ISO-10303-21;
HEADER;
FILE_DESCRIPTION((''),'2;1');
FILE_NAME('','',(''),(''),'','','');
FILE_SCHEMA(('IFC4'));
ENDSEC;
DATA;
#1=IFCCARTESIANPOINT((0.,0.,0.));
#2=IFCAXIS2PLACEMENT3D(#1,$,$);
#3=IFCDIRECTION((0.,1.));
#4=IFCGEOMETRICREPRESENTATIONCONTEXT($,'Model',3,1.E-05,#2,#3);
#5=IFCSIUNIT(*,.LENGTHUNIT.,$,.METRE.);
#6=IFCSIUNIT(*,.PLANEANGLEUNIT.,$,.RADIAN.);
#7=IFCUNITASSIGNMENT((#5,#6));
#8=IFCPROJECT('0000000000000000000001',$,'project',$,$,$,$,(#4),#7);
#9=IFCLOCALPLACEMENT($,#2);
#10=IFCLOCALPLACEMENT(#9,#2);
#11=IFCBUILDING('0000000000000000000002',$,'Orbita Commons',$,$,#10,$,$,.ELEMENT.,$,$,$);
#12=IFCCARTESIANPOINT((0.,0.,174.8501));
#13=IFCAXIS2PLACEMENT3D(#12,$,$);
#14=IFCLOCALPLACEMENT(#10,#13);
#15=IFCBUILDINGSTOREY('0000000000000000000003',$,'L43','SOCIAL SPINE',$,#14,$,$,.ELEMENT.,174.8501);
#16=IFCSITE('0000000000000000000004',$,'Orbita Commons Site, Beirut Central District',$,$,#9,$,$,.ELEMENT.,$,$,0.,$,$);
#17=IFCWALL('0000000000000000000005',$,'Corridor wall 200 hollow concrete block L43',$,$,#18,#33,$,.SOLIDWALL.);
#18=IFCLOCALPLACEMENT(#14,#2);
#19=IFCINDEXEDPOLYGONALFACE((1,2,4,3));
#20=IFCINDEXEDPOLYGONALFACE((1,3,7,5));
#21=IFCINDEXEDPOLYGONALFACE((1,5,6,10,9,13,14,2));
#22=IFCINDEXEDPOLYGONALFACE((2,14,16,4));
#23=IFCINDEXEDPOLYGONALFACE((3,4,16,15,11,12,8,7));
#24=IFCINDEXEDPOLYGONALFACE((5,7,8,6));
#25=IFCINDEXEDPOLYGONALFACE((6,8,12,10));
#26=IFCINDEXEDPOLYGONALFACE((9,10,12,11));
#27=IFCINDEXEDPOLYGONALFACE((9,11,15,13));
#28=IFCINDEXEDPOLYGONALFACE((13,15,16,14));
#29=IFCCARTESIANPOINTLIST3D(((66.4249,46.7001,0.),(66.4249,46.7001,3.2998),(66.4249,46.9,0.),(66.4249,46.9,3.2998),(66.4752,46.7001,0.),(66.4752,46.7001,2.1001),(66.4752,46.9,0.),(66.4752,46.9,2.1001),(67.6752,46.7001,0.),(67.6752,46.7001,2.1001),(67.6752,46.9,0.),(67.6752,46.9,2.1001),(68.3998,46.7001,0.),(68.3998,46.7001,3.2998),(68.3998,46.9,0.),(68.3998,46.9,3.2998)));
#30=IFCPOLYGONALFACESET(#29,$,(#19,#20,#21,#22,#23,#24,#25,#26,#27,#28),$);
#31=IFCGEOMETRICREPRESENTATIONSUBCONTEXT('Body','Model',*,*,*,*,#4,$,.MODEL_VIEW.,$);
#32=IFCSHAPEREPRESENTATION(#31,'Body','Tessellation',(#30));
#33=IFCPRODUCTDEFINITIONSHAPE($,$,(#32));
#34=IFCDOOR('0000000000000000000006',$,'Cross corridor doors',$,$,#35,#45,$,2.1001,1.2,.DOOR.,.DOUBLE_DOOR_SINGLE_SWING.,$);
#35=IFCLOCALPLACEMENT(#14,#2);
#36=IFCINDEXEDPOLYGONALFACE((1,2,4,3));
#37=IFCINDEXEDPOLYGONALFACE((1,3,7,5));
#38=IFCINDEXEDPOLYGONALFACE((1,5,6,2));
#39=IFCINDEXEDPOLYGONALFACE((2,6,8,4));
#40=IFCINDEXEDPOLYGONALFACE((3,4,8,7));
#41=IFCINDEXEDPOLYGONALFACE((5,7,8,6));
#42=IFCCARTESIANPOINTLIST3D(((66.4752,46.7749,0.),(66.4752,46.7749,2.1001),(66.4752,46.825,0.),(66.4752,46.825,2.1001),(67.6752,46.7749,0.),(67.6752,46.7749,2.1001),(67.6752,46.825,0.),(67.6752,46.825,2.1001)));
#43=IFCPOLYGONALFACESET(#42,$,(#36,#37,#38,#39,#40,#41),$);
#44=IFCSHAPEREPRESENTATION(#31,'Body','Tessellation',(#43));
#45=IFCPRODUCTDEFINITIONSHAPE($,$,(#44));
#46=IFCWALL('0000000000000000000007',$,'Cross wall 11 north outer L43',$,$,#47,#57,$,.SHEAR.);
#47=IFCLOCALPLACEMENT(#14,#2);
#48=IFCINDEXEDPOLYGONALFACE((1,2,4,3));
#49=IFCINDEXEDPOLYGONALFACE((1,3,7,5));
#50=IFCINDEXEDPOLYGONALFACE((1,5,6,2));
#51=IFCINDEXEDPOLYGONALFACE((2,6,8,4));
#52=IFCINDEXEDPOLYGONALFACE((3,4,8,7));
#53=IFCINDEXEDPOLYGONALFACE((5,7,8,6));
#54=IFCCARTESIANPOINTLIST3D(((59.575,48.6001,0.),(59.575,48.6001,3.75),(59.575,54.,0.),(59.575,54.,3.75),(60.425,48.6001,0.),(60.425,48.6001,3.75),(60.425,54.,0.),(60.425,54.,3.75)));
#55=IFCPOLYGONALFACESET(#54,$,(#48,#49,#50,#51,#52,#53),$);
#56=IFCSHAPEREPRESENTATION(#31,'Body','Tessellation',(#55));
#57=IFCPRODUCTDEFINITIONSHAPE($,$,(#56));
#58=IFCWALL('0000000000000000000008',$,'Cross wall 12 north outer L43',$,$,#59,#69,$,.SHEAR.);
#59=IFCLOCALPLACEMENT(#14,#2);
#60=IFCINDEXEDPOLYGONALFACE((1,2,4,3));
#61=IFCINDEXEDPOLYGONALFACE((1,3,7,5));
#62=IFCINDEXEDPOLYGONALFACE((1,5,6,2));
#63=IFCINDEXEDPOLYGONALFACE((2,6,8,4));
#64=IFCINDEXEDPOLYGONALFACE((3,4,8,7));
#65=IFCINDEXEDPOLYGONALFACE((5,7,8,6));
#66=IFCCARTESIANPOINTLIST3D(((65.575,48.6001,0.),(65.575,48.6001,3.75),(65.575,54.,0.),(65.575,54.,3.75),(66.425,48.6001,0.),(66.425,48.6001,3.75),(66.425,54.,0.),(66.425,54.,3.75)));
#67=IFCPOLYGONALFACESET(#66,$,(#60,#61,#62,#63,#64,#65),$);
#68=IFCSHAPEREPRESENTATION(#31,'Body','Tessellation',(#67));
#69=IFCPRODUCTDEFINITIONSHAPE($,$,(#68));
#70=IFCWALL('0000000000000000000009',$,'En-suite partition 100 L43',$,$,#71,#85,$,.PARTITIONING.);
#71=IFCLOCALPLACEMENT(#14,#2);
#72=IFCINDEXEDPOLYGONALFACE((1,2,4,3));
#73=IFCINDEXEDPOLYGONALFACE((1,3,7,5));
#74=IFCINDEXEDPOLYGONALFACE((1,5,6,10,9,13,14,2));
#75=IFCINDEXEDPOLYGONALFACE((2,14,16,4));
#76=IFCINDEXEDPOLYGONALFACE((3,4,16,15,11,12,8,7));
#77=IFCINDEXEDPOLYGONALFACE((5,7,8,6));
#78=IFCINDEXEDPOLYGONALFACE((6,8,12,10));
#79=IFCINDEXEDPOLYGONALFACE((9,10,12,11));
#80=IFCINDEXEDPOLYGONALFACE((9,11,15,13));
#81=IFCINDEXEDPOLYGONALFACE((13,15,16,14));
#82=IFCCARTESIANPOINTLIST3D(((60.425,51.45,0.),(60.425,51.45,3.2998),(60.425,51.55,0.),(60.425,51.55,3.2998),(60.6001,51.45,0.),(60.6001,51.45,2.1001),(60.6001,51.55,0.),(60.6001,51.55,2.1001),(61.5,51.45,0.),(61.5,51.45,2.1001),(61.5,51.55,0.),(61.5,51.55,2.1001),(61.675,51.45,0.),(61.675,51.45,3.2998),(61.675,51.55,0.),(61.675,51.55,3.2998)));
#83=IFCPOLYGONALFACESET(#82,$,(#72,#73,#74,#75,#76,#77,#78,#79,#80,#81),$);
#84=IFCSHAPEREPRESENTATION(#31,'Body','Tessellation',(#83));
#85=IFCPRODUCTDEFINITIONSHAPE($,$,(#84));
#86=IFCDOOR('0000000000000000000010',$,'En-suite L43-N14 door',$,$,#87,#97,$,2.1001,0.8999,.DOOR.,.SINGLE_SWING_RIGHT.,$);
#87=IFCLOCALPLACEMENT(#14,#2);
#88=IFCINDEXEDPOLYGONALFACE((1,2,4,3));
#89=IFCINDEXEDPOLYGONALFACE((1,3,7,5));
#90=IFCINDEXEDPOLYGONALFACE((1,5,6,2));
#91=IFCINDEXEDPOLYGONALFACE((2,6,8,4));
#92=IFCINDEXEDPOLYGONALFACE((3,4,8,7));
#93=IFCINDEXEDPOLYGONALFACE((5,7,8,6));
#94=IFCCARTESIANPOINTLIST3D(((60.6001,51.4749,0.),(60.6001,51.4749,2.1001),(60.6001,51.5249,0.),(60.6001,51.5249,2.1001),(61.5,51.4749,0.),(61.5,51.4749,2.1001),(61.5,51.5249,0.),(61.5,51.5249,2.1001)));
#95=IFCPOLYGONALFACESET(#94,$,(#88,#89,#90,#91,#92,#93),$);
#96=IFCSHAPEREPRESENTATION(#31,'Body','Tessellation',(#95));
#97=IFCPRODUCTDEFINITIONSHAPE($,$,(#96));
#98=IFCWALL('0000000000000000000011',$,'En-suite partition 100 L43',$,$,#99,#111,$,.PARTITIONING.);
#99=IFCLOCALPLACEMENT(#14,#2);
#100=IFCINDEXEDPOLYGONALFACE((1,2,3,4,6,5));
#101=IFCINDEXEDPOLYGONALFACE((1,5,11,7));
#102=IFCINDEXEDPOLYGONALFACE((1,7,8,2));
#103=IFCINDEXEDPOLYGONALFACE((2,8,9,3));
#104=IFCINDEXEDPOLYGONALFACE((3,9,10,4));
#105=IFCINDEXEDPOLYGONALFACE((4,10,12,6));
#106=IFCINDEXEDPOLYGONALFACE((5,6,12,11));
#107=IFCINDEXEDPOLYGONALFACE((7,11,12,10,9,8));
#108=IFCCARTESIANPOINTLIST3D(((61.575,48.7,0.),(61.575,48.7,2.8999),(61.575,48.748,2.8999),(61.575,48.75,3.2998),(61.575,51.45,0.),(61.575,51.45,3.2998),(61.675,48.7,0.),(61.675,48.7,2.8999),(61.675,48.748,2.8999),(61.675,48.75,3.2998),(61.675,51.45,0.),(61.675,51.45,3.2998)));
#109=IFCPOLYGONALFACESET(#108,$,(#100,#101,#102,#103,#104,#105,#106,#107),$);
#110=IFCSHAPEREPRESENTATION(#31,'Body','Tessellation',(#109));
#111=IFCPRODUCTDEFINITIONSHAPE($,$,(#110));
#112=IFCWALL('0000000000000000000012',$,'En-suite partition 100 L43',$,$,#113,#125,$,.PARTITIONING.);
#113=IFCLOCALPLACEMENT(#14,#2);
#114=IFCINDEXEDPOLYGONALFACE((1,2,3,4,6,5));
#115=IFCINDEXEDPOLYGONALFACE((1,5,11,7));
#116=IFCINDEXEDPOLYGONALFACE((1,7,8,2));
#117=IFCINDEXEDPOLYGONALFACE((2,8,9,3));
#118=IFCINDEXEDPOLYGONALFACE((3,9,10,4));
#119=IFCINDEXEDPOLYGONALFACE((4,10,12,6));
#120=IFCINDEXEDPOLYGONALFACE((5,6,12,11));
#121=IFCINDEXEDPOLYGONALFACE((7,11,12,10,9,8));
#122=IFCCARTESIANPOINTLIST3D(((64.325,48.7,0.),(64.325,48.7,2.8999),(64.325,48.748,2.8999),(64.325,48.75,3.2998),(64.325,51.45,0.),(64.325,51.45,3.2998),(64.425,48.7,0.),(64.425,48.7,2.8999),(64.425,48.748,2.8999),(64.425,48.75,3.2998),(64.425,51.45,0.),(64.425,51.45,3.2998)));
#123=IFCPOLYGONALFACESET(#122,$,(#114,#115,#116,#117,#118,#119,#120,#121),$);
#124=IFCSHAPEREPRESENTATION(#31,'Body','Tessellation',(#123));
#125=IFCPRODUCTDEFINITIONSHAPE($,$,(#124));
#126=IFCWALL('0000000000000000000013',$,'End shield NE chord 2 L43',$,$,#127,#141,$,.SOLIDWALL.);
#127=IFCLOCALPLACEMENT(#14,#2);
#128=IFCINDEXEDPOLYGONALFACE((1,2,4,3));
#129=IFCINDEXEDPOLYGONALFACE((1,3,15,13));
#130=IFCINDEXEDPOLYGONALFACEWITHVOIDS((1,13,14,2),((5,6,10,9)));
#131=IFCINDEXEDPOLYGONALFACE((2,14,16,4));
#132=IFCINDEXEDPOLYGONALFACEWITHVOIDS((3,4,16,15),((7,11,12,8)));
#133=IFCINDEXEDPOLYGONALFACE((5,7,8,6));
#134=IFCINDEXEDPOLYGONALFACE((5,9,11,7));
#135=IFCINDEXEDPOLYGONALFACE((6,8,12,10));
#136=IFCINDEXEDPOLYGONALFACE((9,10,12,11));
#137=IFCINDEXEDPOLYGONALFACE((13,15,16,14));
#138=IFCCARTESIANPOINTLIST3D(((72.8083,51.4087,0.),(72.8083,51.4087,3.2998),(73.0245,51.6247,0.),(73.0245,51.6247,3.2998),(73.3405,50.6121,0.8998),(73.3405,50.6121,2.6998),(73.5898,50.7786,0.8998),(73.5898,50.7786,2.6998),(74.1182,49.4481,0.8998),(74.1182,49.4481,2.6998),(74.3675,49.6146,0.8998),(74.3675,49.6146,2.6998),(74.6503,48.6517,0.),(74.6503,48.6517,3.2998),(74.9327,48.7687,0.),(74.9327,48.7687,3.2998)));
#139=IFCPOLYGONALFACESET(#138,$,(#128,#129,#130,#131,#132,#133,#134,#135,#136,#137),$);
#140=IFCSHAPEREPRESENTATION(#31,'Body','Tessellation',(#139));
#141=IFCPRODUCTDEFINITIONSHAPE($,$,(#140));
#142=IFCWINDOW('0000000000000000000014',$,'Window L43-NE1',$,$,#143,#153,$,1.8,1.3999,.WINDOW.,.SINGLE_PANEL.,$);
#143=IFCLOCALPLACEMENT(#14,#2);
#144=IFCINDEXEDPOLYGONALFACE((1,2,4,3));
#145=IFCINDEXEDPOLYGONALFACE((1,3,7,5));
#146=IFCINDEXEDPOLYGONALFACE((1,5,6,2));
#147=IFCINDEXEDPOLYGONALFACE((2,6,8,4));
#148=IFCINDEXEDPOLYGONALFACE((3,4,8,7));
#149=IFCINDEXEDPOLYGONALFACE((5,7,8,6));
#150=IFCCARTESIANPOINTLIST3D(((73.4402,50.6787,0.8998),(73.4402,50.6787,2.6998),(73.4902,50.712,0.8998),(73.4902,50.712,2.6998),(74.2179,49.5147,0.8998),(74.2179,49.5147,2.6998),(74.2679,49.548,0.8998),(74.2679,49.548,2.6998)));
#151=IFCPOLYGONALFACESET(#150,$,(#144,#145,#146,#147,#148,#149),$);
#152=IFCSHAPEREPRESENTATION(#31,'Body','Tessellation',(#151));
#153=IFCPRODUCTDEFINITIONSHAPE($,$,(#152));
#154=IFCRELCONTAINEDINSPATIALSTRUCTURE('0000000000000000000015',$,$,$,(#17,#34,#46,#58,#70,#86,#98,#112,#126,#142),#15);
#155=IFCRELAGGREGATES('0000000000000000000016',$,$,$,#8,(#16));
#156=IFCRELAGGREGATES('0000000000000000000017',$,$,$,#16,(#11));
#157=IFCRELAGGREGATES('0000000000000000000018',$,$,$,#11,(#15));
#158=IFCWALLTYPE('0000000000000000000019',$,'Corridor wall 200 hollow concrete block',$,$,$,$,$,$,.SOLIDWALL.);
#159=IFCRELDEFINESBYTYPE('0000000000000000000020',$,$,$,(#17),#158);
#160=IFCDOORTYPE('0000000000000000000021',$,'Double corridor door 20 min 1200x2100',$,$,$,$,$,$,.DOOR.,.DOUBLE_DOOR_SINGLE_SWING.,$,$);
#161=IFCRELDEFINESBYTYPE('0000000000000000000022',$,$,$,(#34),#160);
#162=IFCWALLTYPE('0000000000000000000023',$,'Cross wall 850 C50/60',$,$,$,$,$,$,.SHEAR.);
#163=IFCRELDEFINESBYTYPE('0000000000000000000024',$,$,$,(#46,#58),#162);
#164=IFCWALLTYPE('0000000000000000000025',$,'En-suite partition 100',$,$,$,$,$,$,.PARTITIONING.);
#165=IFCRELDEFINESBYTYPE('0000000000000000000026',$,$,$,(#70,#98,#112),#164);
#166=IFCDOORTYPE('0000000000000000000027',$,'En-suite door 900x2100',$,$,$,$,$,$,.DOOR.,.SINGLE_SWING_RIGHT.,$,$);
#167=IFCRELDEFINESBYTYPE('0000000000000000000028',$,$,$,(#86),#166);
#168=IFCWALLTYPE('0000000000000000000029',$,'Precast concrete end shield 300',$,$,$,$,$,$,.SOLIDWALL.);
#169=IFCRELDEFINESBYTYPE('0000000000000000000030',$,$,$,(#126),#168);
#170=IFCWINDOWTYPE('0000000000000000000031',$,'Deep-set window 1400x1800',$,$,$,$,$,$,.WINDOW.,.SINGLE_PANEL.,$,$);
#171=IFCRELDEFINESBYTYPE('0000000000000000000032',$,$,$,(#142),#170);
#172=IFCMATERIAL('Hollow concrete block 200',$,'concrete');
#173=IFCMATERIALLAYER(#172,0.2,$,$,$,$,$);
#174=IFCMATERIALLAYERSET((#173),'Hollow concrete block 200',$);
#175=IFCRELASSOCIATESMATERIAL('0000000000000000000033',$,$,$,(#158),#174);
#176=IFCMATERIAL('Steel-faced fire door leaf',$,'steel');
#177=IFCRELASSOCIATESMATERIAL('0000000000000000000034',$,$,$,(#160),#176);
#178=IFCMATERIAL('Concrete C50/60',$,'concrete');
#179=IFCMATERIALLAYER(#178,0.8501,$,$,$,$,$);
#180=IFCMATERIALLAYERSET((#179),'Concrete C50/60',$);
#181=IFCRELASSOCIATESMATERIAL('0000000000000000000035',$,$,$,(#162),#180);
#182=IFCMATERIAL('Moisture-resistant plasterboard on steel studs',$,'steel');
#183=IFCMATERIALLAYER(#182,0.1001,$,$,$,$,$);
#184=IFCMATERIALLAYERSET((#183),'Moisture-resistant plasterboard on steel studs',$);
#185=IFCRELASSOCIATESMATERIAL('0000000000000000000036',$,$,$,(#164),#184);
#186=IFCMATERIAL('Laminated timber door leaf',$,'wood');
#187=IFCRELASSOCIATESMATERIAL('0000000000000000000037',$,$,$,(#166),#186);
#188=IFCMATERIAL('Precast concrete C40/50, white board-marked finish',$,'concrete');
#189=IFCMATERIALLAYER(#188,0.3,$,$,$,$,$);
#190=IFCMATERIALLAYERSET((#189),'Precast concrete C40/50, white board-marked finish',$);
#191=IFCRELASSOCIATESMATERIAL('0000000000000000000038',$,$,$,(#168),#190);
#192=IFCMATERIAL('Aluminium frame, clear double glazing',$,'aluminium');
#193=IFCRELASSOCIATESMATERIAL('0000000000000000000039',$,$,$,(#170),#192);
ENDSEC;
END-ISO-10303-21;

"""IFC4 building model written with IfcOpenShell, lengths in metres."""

from ifc_helpers import new_model, si_unit, direction, frame, frame_2d, origin, place, context, subcontext, project, spatial, polyline, rectangle, outline, extrude, material, layer, layer_set, type_object, element, fill, save


model = new_model("IFC4")

# Units and contexts
model_context = context("Model", 3, precision=1e-05, world=origin(), true_north=direction((0.0, 1.0)))
body_context = subcontext(model_context, "Body", "Model", "MODEL_VIEW")
ifc_project = project(units=[si_unit("LENGTHUNIT", "METRE"), si_unit("PLANEANGLEUNIT", "RADIAN")], contexts=[model_context])

# Site, building, storey
site_placement = place(None, origin())
site = spatial("IfcSite", under=ifc_project, at=site_placement, Name="Orbita Commons Site, Beirut Central District", CompositionType="ELEMENT", RefElevation=0.0)
building_placement = place(site_placement, origin())
building = spatial("IfcBuilding", under=site, at=building_placement, Name="Orbita Commons", CompositionType="ELEMENT")
storey_placement = place(building_placement, frame((0.0, 0.0, 174.8501)))
storey = spatial("IfcBuildingStorey", under=building, at=storey_placement, Name="L43", Description="SOCIAL SPINE", CompositionType="ELEMENT", Elevation=174.8501)

# Wall, opening, door
ifc_material_1 = material(Name="Hollow concrete block 200", Category="concrete")
ifc_layer_1 = layer(ifc_material_1, 0.2)
ifc_layer_set_1 = layer_set([ifc_layer_1], Name="Hollow concrete block 200")
wall_type_1 = type_object("IfcWallType", Name="Corridor wall 200 hollow concrete block", PredefinedType="SOLIDWALL", material=ifc_layer_set_1)
wall_1_placement = place(storey_placement, frame((66.425, 46.8, 0.0), z_axis=(0.0, 0.0, 1.0), x_axis=(1.0, 0.0, 0.0)))
wall_1 = element("IfcWall", 1, at=wall_1_placement, inside=storey, type_object=wall_type_1, Name="Corridor wall 200 hollow concrete block L43", PredefinedType="SOLIDWALL", context=body_context, shape_type="SweptSolid", body=[
    extrude(rectangle(XDim=1.9749, YDim=0.2, at=frame_2d((0.9873, 0.0))), origin(), (0.0, 0.0, 1.0), 3.2998),
])
opening_1_placement = place(wall_1_placement, frame((0.05, 0.0, 0.0)))
opening_1 = element("IfcOpeningElement", 2, at=opening_1_placement, cuts=wall_1, PredefinedType="OPENING", context=body_context, shape_type="SweptSolid", body=[
    extrude(rectangle(XDim=1.2, YDim=2.1001, at=frame_2d((0.6001, 1.05))), frame((0.0, 0.1099, 0.0), z_axis=(0.0, -1.0, 0.0), x_axis=(1.0, 0.0, 0.0)), (0.0, 0.0, 1.0), 0.22),
])
ifc_material_2 = material(Name="Steel-faced fire door leaf", Category="steel")
door_type_1 = type_object("IfcDoorType", Name="Double corridor door 20 min 1200x2100", OperationType="DOUBLE_DOOR_SINGLE_SWING", PredefinedType="DOOR", material=ifc_material_2)
door_1_placement = place(opening_1_placement, origin())
door_1 = element("IfcDoor", 3, at=door_1_placement, inside=storey, type_object=door_type_1, Name="Cross corridor doors", OperationType="DOUBLE_DOOR_SINGLE_SWING", OverallHeight=2.1001, OverallWidth=1.2, PredefinedType="DOOR", context=body_context, shape_type="SweptSolid", body=[
    extrude(rectangle(XDim=1.2, YDim=2.1001, at=frame_2d((0.6001, 1.05))), frame((0.0, 0.0249, 0.0), z_axis=(0.0, -1.0, 0.0), x_axis=(1.0, 0.0, 0.0)), (0.0, 0.0, 1.0), 0.05),
])
fill(opening_1, door_1)

# Walls
ifc_material_3 = material(Name="Concrete C50/60", Category="concrete")
ifc_layer_2 = layer(ifc_material_3, 0.8501)
ifc_layer_set_2 = layer_set([ifc_layer_2], Name="Concrete C50/60")
wall_type_2 = type_object("IfcWallType", Name="Cross wall 850 C50/60", PredefinedType="SHEAR", material=ifc_layer_set_2)
for number, where, z_axis, x_axis, name in (
    (4, (60.0, 48.6001, 0.0), (0.0, 0.0, 1.0), (0.0, 1.0, 0.0), "Cross wall 11 north outer L43"),
    (5, (66.0, 48.6001, 0.0), (0.0, 0.0, 1.0), (0.0, 1.0, 0.0), "Cross wall 12 north outer L43"),
):
    element("IfcWall", number, at=place(storey_placement, frame(where, z_axis=z_axis, x_axis=x_axis)), inside=storey, type_object=wall_type_2, Name=name, PredefinedType="SHEAR", context=body_context, shape_type="SweptSolid", body=[
        extrude(rectangle(XDim=5.3999, YDim=0.8501, at=frame_2d((2.7, 0.0))), origin(), (0.0, 0.0, 1.0), 3.75),
    ])

# Wall, opening, door
ifc_material_4 = material(Name="Moisture-resistant plasterboard on steel studs", Category="steel")
ifc_layer_3 = layer(ifc_material_4, 0.1001)
ifc_layer_set_3 = layer_set([ifc_layer_3], Name="Moisture-resistant plasterboard on steel studs")
wall_type_3 = type_object("IfcWallType", Name="En-suite partition 100", PredefinedType="PARTITIONING", material=ifc_layer_set_3)
wall_2_placement = place(storey_placement, frame((60.425, 51.5, 0.0), z_axis=(0.0, 0.0, 1.0), x_axis=(1.0, 0.0, 0.0)))
wall_2 = element("IfcWall", 6, at=wall_2_placement, inside=storey, type_object=wall_type_3, Name="En-suite partition 100 L43", PredefinedType="PARTITIONING", context=body_context, shape_type="SweptSolid", body=[
    extrude(rectangle(XDim=1.25, YDim=0.1001, at=frame_2d((0.625, 0.0))), origin(), (0.0, 0.0, 1.0), 3.2998),
])
opening_2_placement = place(wall_2_placement, frame((0.175, 0.0, 0.0)))
opening_2 = element("IfcOpeningElement", 7, at=opening_2_placement, cuts=wall_2, PredefinedType="OPENING", context=body_context, shape_type="SweptSolid", body=[
    extrude(rectangle(XDim=0.8999, YDim=2.1001, at=frame_2d((0.45, 1.05))), frame((0.0, 0.0601, 0.0), z_axis=(0.0, -1.0, 0.0), x_axis=(1.0, 0.0, 0.0)), (0.0, 0.0, 1.0), 0.1201),
])
ifc_material_5 = material(Name="Laminated timber door leaf", Category="wood")
door_type_2 = type_object("IfcDoorType", Name="En-suite door 900x2100", OperationType="SINGLE_SWING_RIGHT", PredefinedType="DOOR", material=ifc_material_5)
door_2_placement = place(opening_2_placement, origin())
door_2 = element("IfcDoor", 8, at=door_2_placement, inside=storey, type_object=door_type_2, Name="En-suite L43-N14 door", OperationType="SINGLE_SWING_RIGHT", OverallHeight=2.1001, OverallWidth=0.8999, PredefinedType="DOOR", context=body_context, shape_type="SweptSolid", body=[
    extrude(rectangle(XDim=0.8999, YDim=2.1001, at=frame_2d((0.45, 1.05))), frame((0.0, 0.0249, 0.0), z_axis=(0.0, -1.0, 0.0), x_axis=(1.0, 0.0, 0.0)), (0.0, 0.0, 1.0), 0.05),
])
fill(opening_2, door_2)

# Walls
for number, where, z_axis, x_axis, name in (
    (9, (61.625, 51.45, 0.0), (0.0, 0.0, 1.0), (0.0, -1.0, 0.0), "En-suite partition 100 L43"),
    (10, (64.375, 51.45, 0.0), (0.0, 0.0, 1.0), (0.0, -1.0, 0.0), "En-suite partition 100 L43"),
):
    element("IfcWall", number, at=place(storey_placement, frame(where, z_axis=z_axis, x_axis=x_axis)), inside=storey, type_object=wall_type_3, Name=name, PredefinedType="PARTITIONING", context=body_context, shape_type="SweptSolid", body=[
        extrude(outline(polyline([(0.0, 0.0), (2.75, 0.0), (2.75, 2.8999), (2.7019, 2.8999), (2.7, 3.2998), (0.0, 3.2998), (0.0, 0.0)])), frame((0.0, 0.05, 0.0), z_axis=(0.0, -1.0, 0.0), x_axis=(1.0, 0.0, 0.0)), (0.0, 0.0, 1.0), 0.1001),
    ])

# Wall, opening, window
ifc_material_6 = material(Name="Precast concrete C40/50, white board-marked finish", Category="concrete")
ifc_layer_4 = layer(ifc_material_6, 0.3)
ifc_layer_set_4 = layer_set([ifc_layer_4], Name="Precast concrete C40/50, white board-marked finish")
wall_type_4 = type_object("IfcWallType", Name="Precast concrete end shield 300", PredefinedType="SOLIDWALL", material=ifc_layer_set_4)
wall_3_placement = place(storey_placement, frame((74.7915, 48.7102, 0.0), z_axis=(0.0, 0.0, 1.0), x_axis=(-0.555535, 0.831493, 0.0)))
wall_3 = element("IfcWall", 11, at=wall_3_placement, inside=storey, type_object=wall_type_4, Name="End shield NE chord 2 L43", PredefinedType="SOLIDWALL", context=body_context, shape_type="SweptSolid", body=[
    extrude(outline(polyline([(-0.0298, -0.1499), (3.405, -0.1499), (3.3455, 0.1499), (0.0298, 0.1499), (-0.0298, -0.1499)])), origin(), (0.0, 0.0, 1.0), 3.2998),
])
opening_3_placement = place(wall_3_placement, frame((0.9875, 0.0, 0.8999)))
opening_3 = element("IfcOpeningElement", 12, at=opening_3_placement, cuts=wall_3, PredefinedType="OPENING", context=body_context, shape_type="SweptSolid", body=[
    extrude(rectangle(XDim=1.3999, YDim=1.8, at=frame_2d((0.7, 0.8999))), frame((0.0, 0.1599, 0.0), z_axis=(0.0, -1.0, 0.0), x_axis=(1.0, 0.0, 0.0)), (0.0, 0.0, 1.0), 0.3201),
])
ifc_material_7 = material(Name="Aluminium frame, clear double glazing", Category="aluminium")
window_type = type_object("IfcWindowType", Name="Deep-set window 1400x1800", PartitioningType="SINGLE_PANEL", PredefinedType="WINDOW", material=ifc_material_7)
window_placement = place(opening_3_placement, origin())
window = element("IfcWindow", 13, at=window_placement, inside=storey, type_object=window_type, Name="Window L43-NE1", OverallHeight=1.8, OverallWidth=1.3999, PartitioningType="SINGLE_PANEL", PredefinedType="WINDOW", context=body_context, shape_type="SweptSolid", body=[
    extrude(rectangle(XDim=1.3999, YDim=1.8, at=frame_2d((0.7, 0.8999))), frame((0.0, 0.03, 0.0), z_axis=(0.0, -1.0, 0.0), x_axis=(1.0, 0.0, 0.0)), (0.0, 0.0, 1.0), 0.0601),
])
fill(opening_3, window)

save(model, "model.ifc")
